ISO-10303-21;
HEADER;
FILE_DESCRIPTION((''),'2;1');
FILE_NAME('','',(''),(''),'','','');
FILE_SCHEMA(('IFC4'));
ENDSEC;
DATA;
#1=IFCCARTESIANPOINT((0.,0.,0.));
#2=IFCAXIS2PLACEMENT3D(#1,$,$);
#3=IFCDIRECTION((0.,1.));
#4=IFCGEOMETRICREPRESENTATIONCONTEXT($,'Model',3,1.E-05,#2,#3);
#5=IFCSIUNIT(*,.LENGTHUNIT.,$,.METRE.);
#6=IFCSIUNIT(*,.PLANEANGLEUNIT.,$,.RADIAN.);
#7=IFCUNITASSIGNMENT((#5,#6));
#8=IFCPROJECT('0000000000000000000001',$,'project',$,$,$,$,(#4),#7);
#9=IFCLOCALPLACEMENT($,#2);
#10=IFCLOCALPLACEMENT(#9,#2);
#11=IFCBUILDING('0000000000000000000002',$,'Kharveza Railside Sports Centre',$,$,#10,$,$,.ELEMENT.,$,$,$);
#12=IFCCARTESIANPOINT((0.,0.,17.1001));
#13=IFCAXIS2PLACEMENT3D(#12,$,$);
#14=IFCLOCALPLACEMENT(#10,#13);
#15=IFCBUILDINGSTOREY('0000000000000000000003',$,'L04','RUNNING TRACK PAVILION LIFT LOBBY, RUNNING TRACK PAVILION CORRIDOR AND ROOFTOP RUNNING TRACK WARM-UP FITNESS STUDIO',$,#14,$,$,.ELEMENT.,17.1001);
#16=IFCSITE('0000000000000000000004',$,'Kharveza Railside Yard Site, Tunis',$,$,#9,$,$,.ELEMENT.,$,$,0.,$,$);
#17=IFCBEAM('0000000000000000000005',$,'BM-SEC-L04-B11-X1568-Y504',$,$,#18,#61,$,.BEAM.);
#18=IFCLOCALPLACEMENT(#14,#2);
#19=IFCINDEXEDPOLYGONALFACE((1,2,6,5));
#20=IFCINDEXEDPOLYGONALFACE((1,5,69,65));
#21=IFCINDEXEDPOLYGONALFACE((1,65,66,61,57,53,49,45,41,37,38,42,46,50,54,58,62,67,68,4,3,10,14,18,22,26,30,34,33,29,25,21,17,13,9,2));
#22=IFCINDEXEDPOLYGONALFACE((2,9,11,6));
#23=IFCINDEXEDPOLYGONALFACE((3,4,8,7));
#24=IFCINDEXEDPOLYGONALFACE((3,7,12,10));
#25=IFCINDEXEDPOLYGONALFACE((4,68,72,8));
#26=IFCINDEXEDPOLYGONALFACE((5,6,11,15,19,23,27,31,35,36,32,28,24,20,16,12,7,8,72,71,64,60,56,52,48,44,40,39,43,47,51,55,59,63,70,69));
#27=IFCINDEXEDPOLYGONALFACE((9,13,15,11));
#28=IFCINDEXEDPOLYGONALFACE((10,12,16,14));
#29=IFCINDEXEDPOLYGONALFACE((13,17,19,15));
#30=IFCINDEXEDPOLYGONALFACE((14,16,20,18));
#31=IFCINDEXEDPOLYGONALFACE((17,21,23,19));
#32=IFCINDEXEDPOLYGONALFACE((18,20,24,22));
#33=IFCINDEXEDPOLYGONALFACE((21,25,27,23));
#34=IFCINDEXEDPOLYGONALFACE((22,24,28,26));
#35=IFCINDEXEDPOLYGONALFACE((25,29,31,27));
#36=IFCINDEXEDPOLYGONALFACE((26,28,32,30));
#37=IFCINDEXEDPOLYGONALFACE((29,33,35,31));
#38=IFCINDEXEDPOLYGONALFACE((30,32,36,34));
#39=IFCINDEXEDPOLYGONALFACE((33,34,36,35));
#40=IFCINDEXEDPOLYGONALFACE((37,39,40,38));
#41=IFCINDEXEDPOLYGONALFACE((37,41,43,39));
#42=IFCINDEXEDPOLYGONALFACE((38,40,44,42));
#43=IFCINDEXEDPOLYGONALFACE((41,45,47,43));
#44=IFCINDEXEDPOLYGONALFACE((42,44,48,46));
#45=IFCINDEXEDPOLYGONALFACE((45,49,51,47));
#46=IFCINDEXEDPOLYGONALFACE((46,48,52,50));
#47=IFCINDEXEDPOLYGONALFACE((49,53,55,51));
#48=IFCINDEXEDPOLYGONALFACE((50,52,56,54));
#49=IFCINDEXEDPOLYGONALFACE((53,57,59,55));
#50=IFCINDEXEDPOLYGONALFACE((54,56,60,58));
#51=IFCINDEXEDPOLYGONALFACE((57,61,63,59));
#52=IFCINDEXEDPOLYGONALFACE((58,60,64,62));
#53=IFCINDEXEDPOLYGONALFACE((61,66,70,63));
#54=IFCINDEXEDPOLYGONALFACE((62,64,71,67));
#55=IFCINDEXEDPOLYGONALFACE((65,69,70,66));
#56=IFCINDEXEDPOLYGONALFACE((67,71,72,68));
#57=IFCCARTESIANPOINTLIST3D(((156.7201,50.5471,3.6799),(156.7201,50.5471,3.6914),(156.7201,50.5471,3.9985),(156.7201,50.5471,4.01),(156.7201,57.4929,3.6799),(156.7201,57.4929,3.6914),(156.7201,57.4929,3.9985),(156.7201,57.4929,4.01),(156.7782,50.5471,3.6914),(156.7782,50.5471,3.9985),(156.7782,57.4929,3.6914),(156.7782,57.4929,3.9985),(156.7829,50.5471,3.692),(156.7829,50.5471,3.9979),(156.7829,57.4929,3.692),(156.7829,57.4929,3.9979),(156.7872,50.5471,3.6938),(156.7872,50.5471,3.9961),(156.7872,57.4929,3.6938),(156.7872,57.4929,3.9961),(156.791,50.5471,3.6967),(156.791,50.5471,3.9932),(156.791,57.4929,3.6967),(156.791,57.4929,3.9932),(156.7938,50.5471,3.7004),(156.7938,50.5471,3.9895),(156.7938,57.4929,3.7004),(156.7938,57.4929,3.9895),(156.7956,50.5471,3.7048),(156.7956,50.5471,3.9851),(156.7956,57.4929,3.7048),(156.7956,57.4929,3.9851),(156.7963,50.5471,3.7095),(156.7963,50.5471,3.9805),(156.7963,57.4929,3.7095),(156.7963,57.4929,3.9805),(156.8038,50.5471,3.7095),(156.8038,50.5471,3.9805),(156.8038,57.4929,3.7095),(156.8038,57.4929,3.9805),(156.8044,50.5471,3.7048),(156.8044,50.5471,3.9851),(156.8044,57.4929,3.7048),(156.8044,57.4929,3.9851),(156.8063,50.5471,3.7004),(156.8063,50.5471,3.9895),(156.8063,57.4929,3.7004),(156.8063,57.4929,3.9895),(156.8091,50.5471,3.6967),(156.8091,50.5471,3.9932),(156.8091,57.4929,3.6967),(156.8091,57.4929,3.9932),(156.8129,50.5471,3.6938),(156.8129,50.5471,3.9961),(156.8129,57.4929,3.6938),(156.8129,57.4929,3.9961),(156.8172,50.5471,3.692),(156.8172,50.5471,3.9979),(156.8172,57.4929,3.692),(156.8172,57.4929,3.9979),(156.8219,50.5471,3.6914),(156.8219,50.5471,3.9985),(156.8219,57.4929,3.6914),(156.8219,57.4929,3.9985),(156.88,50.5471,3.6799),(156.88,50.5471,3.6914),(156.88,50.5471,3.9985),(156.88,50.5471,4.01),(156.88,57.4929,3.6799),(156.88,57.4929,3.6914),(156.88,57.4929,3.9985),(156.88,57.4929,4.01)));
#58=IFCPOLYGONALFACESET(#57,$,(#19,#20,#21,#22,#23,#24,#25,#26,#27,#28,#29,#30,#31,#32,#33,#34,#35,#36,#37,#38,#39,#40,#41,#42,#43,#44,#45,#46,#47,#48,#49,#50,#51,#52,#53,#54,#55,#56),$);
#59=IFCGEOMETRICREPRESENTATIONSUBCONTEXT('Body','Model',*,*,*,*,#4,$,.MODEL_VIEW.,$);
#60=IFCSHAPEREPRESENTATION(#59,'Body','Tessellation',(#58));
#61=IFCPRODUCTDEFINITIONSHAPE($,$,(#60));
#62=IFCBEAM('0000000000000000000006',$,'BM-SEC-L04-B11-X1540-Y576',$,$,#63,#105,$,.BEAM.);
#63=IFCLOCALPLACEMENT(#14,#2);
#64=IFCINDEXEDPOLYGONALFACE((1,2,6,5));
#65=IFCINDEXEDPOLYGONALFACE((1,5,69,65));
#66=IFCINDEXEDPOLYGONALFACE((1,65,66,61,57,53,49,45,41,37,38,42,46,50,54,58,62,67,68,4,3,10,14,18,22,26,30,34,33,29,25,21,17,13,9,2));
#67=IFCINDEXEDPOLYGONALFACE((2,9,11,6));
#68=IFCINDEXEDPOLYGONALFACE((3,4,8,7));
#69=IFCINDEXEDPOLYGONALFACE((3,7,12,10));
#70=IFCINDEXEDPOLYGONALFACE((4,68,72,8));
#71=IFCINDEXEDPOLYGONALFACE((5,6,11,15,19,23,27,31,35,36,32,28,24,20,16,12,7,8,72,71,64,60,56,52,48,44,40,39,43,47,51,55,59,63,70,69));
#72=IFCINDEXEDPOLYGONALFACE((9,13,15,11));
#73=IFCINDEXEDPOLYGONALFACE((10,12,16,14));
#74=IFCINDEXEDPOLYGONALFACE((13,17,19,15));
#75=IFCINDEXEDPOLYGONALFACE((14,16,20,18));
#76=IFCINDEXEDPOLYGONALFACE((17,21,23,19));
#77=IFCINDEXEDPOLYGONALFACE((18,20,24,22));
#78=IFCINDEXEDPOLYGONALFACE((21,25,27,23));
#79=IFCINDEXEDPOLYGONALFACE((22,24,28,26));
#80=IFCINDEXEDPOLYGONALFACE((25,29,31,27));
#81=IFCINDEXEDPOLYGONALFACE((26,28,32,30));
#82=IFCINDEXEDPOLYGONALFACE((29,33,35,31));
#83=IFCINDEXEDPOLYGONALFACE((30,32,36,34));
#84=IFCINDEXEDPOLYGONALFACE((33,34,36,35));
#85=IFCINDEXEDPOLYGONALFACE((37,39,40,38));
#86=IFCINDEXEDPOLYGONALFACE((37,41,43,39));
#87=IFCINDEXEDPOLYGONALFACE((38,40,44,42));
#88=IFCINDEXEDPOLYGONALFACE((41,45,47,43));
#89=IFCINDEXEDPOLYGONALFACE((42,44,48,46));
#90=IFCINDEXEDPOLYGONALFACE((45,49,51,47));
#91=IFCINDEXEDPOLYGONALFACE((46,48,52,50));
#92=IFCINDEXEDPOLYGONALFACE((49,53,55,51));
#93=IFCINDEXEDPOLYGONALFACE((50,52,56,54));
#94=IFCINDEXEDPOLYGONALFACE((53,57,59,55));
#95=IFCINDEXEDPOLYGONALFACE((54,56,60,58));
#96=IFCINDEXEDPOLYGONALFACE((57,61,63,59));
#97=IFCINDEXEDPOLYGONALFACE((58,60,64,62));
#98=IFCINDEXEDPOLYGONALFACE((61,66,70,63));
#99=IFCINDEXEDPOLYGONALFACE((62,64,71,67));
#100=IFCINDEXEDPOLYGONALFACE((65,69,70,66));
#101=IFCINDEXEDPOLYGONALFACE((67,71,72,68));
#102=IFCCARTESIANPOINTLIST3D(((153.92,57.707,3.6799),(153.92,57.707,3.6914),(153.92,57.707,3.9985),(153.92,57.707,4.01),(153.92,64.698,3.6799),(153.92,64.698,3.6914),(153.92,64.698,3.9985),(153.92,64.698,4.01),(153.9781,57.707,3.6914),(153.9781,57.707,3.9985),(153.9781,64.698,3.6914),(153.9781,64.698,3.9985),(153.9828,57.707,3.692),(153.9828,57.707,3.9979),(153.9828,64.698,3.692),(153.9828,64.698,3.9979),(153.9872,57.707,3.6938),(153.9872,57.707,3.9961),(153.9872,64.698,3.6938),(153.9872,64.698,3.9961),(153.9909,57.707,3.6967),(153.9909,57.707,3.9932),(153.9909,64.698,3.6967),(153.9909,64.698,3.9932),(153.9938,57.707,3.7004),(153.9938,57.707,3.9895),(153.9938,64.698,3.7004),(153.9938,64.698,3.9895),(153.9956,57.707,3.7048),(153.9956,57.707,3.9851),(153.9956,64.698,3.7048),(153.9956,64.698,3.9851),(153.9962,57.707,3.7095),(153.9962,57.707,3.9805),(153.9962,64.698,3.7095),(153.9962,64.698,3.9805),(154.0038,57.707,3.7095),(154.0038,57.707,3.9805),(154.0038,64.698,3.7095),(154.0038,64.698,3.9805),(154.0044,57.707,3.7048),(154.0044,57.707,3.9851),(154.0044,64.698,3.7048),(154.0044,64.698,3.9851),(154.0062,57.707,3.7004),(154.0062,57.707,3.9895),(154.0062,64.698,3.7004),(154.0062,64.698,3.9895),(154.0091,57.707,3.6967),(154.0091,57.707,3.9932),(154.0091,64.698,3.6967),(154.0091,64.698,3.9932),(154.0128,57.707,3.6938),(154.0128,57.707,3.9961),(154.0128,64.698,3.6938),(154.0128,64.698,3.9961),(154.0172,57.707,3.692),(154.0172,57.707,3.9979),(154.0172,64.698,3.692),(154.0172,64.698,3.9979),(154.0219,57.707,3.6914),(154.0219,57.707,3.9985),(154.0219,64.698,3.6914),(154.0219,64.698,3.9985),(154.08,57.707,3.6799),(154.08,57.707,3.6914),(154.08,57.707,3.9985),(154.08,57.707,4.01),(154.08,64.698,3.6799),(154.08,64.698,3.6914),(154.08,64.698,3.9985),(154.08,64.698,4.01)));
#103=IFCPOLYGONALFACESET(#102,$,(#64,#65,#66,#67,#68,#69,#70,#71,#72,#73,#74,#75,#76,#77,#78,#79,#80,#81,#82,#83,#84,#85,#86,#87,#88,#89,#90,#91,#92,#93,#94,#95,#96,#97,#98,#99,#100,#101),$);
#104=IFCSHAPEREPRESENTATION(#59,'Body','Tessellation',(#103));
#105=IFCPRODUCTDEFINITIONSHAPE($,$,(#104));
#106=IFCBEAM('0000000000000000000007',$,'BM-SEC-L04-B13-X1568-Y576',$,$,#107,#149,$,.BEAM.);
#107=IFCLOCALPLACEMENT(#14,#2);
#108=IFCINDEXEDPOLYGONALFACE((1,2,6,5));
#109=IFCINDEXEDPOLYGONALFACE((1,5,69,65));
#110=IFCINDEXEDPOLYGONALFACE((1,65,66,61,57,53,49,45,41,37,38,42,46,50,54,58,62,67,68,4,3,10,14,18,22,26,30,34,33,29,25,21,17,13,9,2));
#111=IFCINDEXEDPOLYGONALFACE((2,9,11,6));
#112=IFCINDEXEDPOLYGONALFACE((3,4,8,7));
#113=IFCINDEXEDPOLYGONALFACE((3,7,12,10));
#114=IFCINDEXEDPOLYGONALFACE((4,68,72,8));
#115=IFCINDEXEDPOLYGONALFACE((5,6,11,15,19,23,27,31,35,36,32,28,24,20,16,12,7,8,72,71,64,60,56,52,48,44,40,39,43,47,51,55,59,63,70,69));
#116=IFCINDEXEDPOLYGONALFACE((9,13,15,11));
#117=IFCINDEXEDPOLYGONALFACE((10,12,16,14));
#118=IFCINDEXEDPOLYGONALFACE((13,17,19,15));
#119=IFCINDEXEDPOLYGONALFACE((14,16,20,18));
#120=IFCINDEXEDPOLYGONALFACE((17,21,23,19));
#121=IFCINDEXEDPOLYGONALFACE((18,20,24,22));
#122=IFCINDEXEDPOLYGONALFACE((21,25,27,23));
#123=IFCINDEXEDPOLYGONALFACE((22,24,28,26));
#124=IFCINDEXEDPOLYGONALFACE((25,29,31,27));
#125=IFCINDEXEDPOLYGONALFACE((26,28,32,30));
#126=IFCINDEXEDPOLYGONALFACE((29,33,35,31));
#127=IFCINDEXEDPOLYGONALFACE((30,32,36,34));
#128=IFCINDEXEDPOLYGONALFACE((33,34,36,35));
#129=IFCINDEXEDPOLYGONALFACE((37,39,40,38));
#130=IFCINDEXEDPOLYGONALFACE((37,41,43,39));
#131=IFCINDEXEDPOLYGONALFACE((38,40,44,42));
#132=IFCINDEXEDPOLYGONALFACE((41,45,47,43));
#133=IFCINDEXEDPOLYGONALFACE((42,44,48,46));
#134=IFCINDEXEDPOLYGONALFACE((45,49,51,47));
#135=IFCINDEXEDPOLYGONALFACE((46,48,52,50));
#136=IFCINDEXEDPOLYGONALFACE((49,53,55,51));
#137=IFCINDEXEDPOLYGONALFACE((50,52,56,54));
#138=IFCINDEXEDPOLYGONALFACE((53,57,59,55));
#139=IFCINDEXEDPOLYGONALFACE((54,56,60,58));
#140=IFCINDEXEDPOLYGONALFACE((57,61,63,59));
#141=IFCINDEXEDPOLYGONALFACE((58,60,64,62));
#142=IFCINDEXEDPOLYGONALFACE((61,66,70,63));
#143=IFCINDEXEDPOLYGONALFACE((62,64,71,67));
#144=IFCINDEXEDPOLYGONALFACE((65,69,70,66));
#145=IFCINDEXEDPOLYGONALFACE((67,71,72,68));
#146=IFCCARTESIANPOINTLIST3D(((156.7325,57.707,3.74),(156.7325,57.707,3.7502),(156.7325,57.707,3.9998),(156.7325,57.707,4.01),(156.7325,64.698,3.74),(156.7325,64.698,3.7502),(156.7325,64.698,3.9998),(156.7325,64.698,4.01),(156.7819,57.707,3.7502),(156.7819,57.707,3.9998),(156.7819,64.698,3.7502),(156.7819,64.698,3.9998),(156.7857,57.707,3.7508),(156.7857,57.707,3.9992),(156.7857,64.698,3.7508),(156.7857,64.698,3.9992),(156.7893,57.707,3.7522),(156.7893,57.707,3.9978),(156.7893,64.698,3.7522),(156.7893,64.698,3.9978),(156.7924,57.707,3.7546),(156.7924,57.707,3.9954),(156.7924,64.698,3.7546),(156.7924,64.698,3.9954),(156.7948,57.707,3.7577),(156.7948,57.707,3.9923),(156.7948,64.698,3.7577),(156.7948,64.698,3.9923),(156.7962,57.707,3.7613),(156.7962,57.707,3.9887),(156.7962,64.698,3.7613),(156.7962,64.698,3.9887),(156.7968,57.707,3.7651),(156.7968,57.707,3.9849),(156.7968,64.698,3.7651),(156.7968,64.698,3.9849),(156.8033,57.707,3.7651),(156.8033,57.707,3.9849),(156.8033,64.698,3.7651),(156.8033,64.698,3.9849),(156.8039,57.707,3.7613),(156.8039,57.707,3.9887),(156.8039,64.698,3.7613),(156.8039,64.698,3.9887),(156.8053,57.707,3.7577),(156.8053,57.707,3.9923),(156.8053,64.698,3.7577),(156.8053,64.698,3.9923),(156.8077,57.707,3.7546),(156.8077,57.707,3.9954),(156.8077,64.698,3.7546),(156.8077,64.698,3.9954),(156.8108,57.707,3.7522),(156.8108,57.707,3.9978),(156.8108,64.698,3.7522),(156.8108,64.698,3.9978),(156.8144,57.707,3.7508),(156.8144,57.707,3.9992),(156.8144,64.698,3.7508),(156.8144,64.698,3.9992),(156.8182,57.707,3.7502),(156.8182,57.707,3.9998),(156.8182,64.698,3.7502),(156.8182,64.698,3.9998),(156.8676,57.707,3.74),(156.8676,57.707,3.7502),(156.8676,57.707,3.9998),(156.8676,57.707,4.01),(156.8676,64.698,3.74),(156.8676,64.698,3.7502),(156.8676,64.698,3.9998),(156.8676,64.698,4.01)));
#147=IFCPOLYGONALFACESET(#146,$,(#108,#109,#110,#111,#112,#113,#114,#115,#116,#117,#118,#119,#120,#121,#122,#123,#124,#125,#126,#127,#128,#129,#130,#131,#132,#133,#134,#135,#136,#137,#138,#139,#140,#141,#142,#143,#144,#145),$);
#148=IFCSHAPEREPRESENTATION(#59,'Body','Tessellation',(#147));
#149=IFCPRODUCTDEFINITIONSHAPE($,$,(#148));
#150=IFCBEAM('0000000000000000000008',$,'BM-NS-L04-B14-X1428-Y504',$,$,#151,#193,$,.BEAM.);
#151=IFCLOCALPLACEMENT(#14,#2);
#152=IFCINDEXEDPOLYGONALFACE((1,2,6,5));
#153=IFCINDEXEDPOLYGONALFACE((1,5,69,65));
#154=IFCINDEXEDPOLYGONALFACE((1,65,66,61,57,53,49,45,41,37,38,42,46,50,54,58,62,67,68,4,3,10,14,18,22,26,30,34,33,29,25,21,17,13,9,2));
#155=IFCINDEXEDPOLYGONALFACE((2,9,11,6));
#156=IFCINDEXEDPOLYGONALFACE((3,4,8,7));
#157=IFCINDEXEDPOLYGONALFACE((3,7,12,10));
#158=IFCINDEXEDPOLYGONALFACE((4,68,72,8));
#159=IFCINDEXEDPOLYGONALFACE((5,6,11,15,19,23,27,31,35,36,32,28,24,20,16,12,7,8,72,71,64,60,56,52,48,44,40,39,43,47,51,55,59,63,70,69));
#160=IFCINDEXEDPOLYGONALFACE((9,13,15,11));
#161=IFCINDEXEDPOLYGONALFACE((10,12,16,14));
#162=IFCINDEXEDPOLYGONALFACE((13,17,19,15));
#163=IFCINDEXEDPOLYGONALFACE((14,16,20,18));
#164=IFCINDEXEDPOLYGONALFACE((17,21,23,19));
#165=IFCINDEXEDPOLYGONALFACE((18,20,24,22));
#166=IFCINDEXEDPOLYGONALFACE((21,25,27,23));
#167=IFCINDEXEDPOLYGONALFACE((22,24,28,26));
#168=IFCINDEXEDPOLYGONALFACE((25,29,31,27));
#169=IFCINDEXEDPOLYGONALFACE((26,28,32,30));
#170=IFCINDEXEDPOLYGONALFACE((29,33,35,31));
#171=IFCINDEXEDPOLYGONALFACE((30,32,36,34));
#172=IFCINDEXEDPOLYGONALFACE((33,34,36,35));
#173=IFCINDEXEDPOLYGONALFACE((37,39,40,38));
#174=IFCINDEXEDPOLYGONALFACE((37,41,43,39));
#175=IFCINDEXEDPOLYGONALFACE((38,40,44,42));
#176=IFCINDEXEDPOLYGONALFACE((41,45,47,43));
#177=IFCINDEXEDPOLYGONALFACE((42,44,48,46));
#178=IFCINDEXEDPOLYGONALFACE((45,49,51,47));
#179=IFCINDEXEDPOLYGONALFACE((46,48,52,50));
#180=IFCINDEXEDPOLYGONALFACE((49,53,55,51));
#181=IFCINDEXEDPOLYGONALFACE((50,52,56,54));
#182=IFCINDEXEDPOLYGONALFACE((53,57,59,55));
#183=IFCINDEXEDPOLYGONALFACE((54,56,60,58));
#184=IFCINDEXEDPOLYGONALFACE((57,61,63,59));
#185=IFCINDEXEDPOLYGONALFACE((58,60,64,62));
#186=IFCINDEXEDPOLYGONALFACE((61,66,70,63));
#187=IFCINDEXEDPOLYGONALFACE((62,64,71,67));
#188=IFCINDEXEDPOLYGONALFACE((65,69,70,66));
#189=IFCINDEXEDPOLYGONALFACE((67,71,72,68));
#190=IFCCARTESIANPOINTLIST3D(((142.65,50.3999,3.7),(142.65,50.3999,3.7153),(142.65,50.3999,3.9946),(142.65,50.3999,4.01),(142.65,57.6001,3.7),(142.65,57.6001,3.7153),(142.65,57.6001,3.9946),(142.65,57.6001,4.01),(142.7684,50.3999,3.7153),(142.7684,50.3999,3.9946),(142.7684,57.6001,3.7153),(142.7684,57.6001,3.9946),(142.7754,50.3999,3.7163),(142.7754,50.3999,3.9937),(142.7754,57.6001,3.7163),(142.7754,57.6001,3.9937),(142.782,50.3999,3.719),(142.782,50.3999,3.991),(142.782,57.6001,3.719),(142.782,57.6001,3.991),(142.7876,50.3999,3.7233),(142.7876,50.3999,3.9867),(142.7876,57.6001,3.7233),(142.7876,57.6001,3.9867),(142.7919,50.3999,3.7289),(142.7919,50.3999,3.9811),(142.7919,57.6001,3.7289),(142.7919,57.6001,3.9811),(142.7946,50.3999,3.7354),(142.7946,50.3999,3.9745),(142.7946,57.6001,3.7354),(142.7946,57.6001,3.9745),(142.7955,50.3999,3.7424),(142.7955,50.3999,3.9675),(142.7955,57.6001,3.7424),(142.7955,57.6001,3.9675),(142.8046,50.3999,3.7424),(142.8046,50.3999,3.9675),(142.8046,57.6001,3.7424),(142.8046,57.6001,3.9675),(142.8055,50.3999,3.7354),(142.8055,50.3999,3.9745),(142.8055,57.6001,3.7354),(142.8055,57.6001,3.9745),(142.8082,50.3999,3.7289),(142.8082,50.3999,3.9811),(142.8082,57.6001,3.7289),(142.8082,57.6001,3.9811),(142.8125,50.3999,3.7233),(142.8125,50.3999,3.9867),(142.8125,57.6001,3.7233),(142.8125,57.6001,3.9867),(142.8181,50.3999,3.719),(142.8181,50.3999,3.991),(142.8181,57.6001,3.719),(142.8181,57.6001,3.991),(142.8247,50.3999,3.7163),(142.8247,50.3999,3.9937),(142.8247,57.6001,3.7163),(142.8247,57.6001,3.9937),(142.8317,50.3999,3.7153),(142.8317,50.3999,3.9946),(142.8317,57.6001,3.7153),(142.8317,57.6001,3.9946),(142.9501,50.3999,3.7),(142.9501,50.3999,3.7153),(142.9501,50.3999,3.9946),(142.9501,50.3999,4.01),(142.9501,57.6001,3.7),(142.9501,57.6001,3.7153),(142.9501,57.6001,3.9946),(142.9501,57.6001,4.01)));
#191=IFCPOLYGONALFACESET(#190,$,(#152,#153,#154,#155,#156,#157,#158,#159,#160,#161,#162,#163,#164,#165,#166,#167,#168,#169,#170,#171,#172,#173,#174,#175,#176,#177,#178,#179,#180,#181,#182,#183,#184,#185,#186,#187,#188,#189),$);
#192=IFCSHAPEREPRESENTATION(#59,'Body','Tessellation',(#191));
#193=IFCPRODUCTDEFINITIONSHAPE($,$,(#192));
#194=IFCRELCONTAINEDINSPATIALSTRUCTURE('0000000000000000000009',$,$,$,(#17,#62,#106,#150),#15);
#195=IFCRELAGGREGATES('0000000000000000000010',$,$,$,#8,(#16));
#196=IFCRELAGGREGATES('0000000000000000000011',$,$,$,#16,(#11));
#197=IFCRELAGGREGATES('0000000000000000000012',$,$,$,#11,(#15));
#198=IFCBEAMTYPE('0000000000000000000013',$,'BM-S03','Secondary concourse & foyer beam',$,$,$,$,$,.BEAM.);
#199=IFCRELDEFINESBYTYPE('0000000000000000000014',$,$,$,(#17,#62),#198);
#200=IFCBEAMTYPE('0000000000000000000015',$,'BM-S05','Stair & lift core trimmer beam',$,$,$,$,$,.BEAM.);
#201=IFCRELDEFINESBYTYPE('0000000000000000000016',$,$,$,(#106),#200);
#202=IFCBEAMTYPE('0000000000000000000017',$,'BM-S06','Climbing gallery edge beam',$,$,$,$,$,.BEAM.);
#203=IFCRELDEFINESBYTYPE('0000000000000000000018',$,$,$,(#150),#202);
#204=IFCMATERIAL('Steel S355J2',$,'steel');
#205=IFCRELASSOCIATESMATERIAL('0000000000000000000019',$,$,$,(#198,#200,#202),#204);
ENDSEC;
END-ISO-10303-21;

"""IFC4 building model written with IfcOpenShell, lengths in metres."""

from ifc_helpers import new_model, si_unit, direction, frame, origin, origin_2d, place, context, subcontext, project, spatial, i_section, extrude, material, material_profile, profile_set, type_object, element, save


model = new_model("IFC4")

# Units and contexts
model_context = context("Model", 3, precision=1e-05, world=origin(), true_north=direction((0.0, 1.0)))
body_context = subcontext(model_context, "Body", "Model", "MODEL_VIEW")
ifc_project = project(units=[si_unit("LENGTHUNIT", "METRE"), si_unit("PLANEANGLEUNIT", "RADIAN")], contexts=[model_context])

# Site, building, storey
site_placement = place(None, origin())
site = spatial("IfcSite", under=ifc_project, at=site_placement, Name="Kharveza Railside Yard Site, Tunis", CompositionType="ELEMENT", RefElevation=0.0)
building_placement = place(site_placement, origin())
building = spatial("IfcBuilding", under=site, at=building_placement, Name="Kharveza Railside Sports Centre", CompositionType="ELEMENT")
storey_placement = place(building_placement, frame((0.0, 0.0, 17.1001)))
storey = spatial("IfcBuildingStorey", under=building, at=storey_placement, Name="L04", Description="RUNNING TRACK PAVILION LIFT LOBBY, RUNNING TRACK PAVILION CORRIDOR AND ROOFTOP RUNNING TRACK WARM-UP FITNESS STUDIO", CompositionType="ELEMENT", Elevation=17.1001)

# Shared definitions
ifc_material_1 = material(Name="Steel S355J2", Category="steel")

# Beams
ifc_material_profile_1 = material_profile(ifc_material_1, i_section(OverallWidth=0.1599, OverallDepth=0.3301, WebThickness=0.0076, FlangeThickness=0.0115, FilletRadius=0.0181, at=origin_2d()), Name="IPE 330")
ifc_profile_set_1 = profile_set([ifc_material_profile_1], Name="Steel S355J2")
beam_type_1 = type_object("IfcBeamType", Name="BM-S03", Description="Secondary concourse & foyer beam", PredefinedType="BEAM", material=ifc_profile_set_1)
for number, where, z_axis, x_axis, name in (
    (1, (156.8, 50.5471, 3.845), (0.0, 1.0, 0.0), (-1.0, 0.0, 0.0), "BM-SEC-L04-B11-X1568-Y504"),
):
    element("IfcBeam", number, at=place(storey_placement, frame(where, z_axis=z_axis, x_axis=x_axis)), inside=storey, type_object=beam_type_1, Name=name, PredefinedType="BEAM", context=body_context, shape_type="SweptSolid", body=[
        extrude(i_section(OverallWidth=0.1599, OverallDepth=0.3301, WebThickness=0.0076, FlangeThickness=0.0115, FilletRadius=0.0181, at=origin_2d()), origin(), (0.0, 0.0, 1.0), 6.9458),
    ])
beam_1_placement = place(storey_placement, frame((154.0, 57.707, 3.845), z_axis=(0.0, 1.0, 0.0), x_axis=(-1.0, 0.0, 0.0)))
element("IfcBeam", 2, at=beam_1_placement, inside=storey, type_object=beam_type_1, Name="BM-SEC-L04-B11-X1540-Y576", PredefinedType="BEAM", context=body_context, shape_type="SweptSolid", body=[
    extrude(i_section(OverallWidth=0.1599, OverallDepth=0.3301, WebThickness=0.0076, FlangeThickness=0.0115, FilletRadius=0.0181, at=origin_2d()), origin(), (0.0, 0.0, 1.0), 6.991),
])
ifc_material_profile_2 = material_profile(ifc_material_1, i_section(OverallWidth=0.135, OverallDepth=0.27, WebThickness=0.0066, FlangeThickness=0.0103, FilletRadius=0.0149, at=origin_2d()), Name="IPE 270")
ifc_profile_set_2 = profile_set([ifc_material_profile_2], Name="Steel S355J2")
beam_type_2 = type_object("IfcBeamType", Name="BM-S05", Description="Stair & lift core trimmer beam", PredefinedType="BEAM", material=ifc_profile_set_2)
beam_2_placement = place(storey_placement, frame((156.8, 57.707, 3.875), z_axis=(0.0, 1.0, 0.0), x_axis=(-1.0, 0.0, 0.0)))
element("IfcBeam", 3, at=beam_2_placement, inside=storey, type_object=beam_type_2, Name="BM-SEC-L04-B13-X1568-Y576", PredefinedType="BEAM", context=body_context, shape_type="SweptSolid", body=[
    extrude(i_section(OverallWidth=0.135, OverallDepth=0.27, WebThickness=0.0066, FlangeThickness=0.0103, FilletRadius=0.0149, at=origin_2d()), origin(), (0.0, 0.0, 1.0), 6.991),
])
ifc_material_profile_3 = material_profile(ifc_material_1, i_section(OverallWidth=0.3, OverallDepth=0.3101, WebThickness=0.009, FlangeThickness=0.0154, FilletRadius=0.0271, at=origin_2d()), Name="HEA 320")
ifc_profile_set_3 = profile_set([ifc_material_profile_3], Name="Steel S355J2")
beam_type_3 = type_object("IfcBeamType", Name="BM-S06", Description="Climbing gallery edge beam", PredefinedType="BEAM", material=ifc_profile_set_3)
beam_3_placement = place(storey_placement, frame((142.8, 50.3999, 3.855), z_axis=(0.0, 1.0, 0.0), x_axis=(-1.0, 0.0, 0.0)))
element("IfcBeam", 4, at=beam_3_placement, inside=storey, type_object=beam_type_3, Name="BM-NS-L04-B14-X1428-Y504", PredefinedType="BEAM", context=body_context, shape_type="SweptSolid", body=[
    extrude(i_section(OverallWidth=0.3, OverallDepth=0.3101, WebThickness=0.009, FlangeThickness=0.0154, FilletRadius=0.0271, at=origin_2d()), origin(), (0.0, 0.0, 1.0), 7.2002),
])

save(model, "model.ifc")
